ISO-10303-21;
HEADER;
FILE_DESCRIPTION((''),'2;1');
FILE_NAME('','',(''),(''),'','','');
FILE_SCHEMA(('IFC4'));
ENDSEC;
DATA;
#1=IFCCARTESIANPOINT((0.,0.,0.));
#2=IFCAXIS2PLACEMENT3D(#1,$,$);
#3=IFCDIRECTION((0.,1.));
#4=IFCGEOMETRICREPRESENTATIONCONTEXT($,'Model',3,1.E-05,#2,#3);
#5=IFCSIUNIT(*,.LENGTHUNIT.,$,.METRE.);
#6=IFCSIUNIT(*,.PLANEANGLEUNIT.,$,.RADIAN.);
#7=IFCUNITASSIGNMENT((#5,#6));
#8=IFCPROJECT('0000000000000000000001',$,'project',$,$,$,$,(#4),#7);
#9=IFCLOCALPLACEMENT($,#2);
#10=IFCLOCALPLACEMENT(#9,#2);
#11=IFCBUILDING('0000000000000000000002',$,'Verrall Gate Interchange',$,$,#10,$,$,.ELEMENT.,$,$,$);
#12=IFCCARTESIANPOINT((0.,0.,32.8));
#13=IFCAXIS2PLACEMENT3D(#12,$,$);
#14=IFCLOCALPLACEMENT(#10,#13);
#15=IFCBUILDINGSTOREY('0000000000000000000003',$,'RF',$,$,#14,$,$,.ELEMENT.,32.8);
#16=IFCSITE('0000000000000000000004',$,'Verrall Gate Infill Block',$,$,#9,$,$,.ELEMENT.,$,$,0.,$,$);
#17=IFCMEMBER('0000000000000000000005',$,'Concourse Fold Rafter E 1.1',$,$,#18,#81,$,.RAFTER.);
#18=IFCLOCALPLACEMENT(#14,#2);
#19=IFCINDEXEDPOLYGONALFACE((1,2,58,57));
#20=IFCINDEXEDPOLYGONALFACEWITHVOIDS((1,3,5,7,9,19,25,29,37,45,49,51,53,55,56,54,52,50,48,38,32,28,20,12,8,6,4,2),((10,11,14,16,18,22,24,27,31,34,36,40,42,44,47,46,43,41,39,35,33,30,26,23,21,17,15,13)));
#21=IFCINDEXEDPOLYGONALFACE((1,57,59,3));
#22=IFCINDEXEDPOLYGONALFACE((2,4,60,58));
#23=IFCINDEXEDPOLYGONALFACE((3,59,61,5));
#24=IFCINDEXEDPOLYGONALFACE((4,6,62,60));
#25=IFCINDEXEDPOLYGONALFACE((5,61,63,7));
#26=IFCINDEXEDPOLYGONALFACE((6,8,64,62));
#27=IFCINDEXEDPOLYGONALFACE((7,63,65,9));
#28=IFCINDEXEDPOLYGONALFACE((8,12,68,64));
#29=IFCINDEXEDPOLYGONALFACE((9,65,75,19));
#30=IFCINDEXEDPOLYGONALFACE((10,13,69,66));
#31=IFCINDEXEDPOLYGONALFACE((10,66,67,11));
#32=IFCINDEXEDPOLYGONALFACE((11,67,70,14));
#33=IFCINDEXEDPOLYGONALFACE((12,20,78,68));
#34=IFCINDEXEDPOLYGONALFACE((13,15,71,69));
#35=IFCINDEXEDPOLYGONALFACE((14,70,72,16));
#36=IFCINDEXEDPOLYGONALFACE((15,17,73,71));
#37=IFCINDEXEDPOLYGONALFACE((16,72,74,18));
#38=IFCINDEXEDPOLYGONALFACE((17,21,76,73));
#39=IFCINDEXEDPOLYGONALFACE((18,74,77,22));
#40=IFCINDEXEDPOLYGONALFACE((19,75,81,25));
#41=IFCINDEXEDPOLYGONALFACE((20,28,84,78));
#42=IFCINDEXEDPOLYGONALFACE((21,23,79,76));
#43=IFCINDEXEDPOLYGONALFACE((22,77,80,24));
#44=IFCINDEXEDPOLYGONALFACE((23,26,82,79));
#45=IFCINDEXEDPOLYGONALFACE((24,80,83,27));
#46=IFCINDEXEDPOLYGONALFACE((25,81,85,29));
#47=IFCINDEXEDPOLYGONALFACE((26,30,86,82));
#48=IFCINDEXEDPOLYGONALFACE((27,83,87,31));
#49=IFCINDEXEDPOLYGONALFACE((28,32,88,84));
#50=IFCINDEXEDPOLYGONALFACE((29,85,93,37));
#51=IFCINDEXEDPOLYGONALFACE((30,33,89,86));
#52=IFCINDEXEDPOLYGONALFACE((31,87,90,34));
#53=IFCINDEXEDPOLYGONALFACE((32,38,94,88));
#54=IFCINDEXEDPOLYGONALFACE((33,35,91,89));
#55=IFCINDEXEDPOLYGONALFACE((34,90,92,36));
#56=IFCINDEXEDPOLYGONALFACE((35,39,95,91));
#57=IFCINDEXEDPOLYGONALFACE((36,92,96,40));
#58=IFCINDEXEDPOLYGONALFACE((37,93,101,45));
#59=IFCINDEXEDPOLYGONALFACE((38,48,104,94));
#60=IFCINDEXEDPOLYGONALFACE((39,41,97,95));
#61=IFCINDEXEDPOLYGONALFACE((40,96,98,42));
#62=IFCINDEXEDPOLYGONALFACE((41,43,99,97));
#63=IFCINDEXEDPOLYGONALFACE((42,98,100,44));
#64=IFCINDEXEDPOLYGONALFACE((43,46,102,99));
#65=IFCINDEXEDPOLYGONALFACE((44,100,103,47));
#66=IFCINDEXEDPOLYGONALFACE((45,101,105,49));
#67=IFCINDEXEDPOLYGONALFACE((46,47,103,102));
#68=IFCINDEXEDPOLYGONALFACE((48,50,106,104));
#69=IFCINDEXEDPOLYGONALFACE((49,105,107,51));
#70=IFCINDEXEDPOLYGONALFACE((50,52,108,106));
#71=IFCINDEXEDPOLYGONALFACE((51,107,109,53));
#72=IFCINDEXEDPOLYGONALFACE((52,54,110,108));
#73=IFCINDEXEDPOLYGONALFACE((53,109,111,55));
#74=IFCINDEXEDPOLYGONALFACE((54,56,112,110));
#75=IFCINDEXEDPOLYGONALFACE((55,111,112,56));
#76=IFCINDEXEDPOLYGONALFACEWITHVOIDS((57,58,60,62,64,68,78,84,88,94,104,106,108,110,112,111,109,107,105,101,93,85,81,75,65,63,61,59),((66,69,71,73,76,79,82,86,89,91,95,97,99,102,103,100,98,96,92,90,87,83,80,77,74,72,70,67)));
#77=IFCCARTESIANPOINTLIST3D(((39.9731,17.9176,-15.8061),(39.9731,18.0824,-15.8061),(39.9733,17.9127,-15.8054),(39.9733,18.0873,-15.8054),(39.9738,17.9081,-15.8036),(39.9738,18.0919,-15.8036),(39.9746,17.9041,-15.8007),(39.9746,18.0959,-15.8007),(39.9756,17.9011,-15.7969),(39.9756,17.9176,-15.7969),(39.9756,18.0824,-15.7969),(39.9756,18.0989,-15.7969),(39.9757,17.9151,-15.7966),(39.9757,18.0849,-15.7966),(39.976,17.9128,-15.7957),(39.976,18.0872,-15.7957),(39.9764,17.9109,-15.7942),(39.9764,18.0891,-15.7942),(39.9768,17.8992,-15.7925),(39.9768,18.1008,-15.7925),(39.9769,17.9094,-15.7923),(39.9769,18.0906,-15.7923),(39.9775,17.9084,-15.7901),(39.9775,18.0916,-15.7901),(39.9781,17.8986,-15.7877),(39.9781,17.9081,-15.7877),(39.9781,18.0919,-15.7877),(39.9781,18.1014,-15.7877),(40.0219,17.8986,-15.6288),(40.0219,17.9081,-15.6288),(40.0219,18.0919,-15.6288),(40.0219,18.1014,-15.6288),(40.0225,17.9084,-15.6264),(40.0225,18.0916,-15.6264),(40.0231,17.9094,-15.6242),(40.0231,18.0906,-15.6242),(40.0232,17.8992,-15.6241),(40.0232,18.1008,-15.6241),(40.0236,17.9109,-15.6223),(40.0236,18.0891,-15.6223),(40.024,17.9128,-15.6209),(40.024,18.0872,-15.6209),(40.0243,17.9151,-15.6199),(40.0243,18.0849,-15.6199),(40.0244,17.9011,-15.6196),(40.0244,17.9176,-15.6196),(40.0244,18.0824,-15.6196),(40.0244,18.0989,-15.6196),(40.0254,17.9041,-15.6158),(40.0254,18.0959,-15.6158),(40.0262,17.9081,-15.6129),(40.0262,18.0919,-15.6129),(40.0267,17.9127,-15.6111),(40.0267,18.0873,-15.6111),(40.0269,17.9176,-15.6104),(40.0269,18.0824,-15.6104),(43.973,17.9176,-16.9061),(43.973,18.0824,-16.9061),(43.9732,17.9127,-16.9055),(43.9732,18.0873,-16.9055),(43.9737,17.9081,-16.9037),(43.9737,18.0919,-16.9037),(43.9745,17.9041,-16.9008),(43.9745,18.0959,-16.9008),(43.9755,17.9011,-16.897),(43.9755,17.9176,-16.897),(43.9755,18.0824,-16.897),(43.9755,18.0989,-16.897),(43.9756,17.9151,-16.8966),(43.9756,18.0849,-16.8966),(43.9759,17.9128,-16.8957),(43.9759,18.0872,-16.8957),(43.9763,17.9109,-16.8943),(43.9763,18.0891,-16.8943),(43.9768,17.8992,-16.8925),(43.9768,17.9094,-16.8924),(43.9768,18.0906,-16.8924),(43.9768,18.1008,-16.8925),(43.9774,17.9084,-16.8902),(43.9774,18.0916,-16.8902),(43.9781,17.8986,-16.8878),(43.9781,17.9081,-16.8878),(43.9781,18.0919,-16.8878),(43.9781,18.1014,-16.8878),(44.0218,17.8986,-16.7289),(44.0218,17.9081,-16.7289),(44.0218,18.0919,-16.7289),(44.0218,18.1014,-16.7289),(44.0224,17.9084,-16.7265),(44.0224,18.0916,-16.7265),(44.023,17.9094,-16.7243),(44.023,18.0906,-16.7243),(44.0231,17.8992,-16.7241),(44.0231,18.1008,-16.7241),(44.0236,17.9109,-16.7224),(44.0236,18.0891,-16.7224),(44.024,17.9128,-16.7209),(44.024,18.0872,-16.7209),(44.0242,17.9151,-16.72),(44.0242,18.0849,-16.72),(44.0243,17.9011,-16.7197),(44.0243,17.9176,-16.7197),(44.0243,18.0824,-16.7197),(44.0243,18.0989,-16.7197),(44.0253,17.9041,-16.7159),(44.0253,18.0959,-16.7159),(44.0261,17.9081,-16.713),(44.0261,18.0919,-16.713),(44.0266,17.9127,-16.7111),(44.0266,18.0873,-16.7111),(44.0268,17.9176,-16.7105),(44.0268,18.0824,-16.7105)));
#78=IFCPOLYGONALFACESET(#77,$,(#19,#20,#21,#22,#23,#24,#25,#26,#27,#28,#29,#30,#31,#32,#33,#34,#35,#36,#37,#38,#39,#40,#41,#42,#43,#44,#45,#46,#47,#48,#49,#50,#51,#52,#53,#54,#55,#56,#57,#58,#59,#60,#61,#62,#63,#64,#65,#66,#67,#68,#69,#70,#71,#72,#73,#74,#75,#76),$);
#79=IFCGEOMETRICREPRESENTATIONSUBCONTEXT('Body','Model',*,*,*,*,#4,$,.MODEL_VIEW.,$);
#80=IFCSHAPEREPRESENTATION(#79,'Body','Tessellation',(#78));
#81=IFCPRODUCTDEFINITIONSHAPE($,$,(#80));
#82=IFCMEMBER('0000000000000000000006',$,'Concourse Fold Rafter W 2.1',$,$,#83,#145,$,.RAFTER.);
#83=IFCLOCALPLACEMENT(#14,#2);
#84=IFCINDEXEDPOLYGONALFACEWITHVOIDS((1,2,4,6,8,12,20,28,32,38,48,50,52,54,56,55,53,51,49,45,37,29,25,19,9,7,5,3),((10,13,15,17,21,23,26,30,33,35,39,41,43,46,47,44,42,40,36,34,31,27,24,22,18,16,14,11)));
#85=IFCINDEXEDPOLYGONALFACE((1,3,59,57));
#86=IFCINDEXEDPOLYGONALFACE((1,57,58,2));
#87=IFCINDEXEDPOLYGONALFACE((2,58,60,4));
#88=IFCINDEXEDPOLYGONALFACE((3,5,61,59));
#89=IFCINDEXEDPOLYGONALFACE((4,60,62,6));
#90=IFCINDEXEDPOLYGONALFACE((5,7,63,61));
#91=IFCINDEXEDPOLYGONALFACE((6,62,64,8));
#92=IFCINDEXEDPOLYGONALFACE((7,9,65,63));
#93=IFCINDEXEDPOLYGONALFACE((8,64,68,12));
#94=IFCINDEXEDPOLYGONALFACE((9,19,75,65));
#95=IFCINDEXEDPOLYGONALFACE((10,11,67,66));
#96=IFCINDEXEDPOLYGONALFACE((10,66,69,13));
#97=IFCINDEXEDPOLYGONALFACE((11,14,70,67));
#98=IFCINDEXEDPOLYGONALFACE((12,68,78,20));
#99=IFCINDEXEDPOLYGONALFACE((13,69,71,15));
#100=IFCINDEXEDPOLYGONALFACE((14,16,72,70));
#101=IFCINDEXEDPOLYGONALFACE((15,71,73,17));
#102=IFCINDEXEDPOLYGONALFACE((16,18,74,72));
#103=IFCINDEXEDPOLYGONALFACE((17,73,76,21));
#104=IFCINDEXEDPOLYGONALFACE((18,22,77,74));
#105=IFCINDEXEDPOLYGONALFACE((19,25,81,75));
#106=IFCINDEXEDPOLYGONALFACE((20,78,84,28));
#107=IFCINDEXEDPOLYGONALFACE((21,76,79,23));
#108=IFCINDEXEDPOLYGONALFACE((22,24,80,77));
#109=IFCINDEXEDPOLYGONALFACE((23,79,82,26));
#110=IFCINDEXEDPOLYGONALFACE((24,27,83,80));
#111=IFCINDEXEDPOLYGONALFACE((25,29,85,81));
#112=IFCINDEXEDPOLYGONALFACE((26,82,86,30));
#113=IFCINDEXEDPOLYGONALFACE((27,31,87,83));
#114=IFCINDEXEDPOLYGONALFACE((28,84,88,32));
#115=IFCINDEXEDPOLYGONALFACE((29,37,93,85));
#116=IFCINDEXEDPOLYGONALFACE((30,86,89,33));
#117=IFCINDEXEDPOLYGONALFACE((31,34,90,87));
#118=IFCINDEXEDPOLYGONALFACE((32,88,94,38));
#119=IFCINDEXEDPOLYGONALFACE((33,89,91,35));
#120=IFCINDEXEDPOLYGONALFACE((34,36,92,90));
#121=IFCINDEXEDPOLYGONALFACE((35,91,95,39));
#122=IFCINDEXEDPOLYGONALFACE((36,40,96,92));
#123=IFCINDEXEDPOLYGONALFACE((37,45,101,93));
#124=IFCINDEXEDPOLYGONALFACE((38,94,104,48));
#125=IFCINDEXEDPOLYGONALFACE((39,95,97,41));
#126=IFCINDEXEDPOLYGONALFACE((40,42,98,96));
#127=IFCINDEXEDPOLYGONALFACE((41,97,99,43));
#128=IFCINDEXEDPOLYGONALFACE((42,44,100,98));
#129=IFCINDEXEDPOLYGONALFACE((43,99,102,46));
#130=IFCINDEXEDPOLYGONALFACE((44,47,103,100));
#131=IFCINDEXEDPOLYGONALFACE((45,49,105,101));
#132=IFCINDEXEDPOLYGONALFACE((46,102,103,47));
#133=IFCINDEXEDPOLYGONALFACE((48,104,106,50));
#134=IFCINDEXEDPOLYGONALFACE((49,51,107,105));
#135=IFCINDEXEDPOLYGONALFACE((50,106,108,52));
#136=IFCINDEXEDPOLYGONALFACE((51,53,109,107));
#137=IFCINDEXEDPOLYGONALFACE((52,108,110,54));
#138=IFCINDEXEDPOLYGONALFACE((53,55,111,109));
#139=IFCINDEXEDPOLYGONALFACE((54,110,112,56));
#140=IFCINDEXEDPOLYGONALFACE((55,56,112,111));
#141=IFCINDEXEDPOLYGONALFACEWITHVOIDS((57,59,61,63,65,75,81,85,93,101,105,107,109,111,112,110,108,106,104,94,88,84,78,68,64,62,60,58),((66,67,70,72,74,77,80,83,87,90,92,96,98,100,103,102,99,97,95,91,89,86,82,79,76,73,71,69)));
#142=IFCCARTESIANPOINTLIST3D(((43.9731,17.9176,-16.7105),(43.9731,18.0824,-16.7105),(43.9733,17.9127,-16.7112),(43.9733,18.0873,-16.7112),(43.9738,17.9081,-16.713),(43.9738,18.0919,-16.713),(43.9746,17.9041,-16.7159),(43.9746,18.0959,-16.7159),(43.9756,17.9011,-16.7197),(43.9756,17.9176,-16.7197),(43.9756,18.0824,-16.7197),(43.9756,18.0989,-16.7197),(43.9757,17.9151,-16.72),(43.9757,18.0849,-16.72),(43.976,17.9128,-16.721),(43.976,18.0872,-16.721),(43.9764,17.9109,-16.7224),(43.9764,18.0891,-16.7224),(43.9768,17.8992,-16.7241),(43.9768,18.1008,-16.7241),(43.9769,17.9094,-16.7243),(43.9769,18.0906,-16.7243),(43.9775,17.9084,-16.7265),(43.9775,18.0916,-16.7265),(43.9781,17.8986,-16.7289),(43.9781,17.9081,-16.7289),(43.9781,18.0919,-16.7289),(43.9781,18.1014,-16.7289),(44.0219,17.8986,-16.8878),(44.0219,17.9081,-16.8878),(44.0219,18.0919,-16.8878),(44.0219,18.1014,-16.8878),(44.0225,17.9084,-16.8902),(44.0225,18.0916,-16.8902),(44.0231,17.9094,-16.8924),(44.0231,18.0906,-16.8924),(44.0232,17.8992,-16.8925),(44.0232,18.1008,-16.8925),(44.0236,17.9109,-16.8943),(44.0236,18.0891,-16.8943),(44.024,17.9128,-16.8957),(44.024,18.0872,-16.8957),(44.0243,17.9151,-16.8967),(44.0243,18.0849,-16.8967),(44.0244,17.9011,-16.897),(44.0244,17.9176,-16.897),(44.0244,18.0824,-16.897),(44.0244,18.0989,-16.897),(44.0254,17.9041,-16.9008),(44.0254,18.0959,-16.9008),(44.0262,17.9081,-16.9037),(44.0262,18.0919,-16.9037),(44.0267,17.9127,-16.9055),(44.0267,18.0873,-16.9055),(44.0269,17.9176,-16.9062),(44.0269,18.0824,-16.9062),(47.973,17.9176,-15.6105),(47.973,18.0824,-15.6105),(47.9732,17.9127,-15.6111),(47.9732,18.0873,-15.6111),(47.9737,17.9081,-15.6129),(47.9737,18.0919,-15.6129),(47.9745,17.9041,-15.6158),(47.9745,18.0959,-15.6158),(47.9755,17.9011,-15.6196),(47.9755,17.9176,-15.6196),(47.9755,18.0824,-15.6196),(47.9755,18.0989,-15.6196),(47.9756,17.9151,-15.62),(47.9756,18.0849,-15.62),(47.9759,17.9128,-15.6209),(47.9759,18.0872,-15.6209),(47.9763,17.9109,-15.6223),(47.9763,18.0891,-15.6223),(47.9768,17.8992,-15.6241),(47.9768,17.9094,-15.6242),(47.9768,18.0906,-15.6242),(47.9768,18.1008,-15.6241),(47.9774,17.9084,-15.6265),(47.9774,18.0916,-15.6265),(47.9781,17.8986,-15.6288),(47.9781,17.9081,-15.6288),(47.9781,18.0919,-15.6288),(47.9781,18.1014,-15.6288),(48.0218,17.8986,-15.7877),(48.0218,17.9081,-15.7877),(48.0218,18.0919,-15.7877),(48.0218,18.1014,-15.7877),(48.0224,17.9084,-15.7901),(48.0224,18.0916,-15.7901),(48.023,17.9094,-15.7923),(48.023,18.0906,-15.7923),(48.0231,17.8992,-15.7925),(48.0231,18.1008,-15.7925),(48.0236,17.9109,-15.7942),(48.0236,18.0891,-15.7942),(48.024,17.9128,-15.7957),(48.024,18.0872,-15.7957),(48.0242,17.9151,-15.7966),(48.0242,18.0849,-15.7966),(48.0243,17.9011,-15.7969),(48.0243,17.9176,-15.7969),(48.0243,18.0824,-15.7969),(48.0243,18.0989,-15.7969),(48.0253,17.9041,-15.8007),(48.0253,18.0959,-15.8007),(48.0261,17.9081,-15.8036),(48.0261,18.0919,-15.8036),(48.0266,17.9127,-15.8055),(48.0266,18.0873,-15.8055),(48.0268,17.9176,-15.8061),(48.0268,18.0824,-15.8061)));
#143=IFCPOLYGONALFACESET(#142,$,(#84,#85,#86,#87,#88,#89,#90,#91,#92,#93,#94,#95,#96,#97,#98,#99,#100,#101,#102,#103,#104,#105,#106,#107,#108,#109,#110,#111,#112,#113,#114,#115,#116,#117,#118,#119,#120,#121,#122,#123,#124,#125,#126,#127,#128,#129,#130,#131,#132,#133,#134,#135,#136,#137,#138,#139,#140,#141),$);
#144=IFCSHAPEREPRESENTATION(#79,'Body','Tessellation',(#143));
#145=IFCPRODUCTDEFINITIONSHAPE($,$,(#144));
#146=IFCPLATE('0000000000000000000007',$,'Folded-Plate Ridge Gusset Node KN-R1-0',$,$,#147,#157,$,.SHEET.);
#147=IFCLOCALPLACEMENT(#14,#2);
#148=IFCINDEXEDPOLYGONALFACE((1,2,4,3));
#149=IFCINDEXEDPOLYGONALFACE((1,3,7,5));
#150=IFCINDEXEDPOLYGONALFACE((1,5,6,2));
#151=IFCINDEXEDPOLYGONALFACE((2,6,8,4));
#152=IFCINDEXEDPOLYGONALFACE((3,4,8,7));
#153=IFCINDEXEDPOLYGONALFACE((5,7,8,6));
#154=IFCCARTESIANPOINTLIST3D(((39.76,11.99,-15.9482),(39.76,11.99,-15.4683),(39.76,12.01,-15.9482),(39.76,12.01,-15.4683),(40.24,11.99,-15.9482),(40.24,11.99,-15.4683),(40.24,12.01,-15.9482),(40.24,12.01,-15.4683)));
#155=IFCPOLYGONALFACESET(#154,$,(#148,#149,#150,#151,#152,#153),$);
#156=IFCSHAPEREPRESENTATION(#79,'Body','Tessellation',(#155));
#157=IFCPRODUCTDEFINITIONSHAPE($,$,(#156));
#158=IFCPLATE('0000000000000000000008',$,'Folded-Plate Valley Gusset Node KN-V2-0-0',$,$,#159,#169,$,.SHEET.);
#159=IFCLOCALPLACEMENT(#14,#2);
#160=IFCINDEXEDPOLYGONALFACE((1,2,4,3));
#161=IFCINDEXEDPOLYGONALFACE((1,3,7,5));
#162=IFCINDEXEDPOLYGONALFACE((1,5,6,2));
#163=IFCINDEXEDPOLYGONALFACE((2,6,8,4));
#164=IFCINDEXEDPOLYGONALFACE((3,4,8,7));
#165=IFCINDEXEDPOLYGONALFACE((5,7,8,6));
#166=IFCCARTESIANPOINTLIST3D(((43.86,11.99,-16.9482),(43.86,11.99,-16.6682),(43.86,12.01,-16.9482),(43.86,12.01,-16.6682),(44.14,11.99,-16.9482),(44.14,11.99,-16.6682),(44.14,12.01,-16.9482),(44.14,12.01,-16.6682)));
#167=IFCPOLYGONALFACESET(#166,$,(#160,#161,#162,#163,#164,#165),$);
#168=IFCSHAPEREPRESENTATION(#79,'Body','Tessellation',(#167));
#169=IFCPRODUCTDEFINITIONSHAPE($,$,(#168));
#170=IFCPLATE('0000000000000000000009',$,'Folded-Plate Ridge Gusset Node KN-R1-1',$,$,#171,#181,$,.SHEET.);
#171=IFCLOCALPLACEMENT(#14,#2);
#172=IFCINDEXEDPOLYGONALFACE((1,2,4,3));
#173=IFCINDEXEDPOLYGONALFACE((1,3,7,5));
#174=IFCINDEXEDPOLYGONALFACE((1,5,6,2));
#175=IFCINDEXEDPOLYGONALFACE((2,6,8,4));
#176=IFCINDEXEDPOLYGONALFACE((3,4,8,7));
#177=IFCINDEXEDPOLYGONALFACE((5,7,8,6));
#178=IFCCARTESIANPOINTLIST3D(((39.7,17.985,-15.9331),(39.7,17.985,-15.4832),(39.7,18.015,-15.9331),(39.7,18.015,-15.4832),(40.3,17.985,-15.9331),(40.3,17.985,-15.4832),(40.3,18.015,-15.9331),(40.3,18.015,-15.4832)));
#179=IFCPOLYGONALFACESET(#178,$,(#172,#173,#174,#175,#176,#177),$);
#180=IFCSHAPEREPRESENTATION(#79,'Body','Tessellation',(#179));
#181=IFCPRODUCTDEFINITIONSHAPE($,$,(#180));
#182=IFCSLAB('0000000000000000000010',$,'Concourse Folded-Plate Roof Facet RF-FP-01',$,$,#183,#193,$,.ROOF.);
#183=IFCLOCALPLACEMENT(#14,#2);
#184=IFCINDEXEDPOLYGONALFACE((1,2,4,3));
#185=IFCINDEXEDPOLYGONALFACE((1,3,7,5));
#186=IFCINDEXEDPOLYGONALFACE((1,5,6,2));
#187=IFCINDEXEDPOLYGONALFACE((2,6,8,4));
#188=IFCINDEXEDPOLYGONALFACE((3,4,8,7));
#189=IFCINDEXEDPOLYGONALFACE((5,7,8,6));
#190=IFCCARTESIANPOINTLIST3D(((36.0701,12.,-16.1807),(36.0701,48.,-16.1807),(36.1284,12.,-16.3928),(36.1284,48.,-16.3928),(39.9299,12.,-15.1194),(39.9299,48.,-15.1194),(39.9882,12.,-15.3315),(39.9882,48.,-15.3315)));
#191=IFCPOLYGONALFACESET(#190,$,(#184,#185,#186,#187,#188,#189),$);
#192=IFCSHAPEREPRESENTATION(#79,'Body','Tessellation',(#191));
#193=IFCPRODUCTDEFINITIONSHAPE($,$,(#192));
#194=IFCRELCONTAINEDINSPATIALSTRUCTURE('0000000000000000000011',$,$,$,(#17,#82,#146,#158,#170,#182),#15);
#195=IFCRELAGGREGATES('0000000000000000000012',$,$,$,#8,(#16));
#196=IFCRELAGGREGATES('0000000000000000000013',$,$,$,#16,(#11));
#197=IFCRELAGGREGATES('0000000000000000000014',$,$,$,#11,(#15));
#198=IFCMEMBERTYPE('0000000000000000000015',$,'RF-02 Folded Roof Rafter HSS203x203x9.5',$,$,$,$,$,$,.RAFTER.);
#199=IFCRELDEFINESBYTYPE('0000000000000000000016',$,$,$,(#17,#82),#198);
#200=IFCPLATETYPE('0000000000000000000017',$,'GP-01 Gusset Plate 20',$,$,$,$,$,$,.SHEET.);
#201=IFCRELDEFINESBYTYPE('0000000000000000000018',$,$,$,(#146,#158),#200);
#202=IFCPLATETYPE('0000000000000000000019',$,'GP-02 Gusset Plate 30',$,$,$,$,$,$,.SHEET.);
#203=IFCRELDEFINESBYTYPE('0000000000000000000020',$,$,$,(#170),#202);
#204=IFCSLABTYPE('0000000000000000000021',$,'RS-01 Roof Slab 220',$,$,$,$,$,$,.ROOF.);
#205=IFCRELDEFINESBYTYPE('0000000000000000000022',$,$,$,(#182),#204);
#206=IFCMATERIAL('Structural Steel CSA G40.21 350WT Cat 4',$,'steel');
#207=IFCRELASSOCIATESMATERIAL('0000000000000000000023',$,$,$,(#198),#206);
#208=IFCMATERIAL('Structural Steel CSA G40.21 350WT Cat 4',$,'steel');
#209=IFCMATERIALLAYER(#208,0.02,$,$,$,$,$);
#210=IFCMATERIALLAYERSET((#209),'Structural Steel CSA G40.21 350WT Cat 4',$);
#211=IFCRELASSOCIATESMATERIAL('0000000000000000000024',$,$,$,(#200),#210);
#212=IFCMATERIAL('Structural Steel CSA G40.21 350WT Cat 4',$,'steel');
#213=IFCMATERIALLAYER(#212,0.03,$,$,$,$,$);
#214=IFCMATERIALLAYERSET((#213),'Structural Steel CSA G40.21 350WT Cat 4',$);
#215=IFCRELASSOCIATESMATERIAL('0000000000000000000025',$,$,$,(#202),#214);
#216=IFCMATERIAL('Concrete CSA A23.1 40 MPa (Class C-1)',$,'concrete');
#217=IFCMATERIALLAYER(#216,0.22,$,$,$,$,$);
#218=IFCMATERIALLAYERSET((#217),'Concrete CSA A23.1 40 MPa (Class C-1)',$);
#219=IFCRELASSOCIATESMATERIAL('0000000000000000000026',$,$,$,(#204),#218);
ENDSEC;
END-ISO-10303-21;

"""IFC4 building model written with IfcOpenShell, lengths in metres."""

from ifc_helpers import new_model, si_unit, direction, frame, origin, origin_2d, place, context, subcontext, project, spatial, polyline, rectangle, hollow_rectangle, outline, extrude, material, layer, layer_set, material_profile, profile_set, type_object, element, save


model = new_model("IFC4")

# Units and contexts
model_context = context("Model", 3, precision=1e-05, world=origin(), true_north=direction((0.0, 1.0)))
body_context = subcontext(model_context, "Body", "Model", "MODEL_VIEW")
ifc_project = project(units=[si_unit("LENGTHUNIT", "METRE"), si_unit("PLANEANGLEUNIT", "RADIAN")], contexts=[model_context])

# Site, building, storey
site_placement = place(None, origin())
site = spatial("IfcSite", under=ifc_project, at=site_placement, Name="Verrall Gate Infill Block", CompositionType="ELEMENT", RefElevation=0.0)
building_placement = place(site_placement, origin())
building = spatial("IfcBuilding", under=site, at=building_placement, Name="Verrall Gate Interchange", CompositionType="ELEMENT")
storey_placement = place(building_placement, frame((0.0, 0.0, 32.8)))
storey = spatial("IfcBuildingStorey", under=building, at=storey_placement, Name="RF", CompositionType="ELEMENT", Elevation=32.8)

# Members
ifc_material_1 = material(Name="Structural Steel CSA G40.21 350WT Cat 4", Category="steel")
ifc_material_profile_1 = material_profile(ifc_material_1, hollow_rectangle(XDim=0.2029, YDim=0.2029, WallThickness=0.0095, InnerFilletRadius=0.0095, OuterFilletRadius=0.019, at=origin_2d()), Name="HSS203x203x9.5")
ifc_profile_set_1 = profile_set([ifc_material_profile_1], Name="Structural Steel CSA G40.21 350WT Cat 4")
member_type_1 = type_object("IfcMemberType", Name="RF-02 Folded Roof Rafter HSS203x203x9.5", PredefinedType="RAFTER", material=ifc_profile_set_1)
for number, where, z_axis, x_axis, name in (
    (1, (40.0, 18.0, -15.7083), (0.964199, 0.0, -0.265178), (0.0, 1.0, 0.0), "Concourse Fold Rafter E 1.1"),
    (2, (44.0, 18.0, -16.8083), (0.964199, 0.0, 0.265178), (0.0, 1.0, 0.0), "Concourse Fold Rafter W 2.1"),
):
    element("IfcMember", number, at=place(storey_placement, frame(where, z_axis=z_axis, x_axis=x_axis)), inside=storey, type_object=member_type_1, Name=name, PredefinedType="RAFTER", context=body_context, shape_type="SweptSolid", body=[
        extrude(hollow_rectangle(XDim=0.2029, YDim=0.2029, WallThickness=0.0095, InnerFilletRadius=0.0095, OuterFilletRadius=0.019, at=origin_2d()), origin(), (0.0, 0.0, 1.0), 4.1484),
    ])

# Plates
ifc_material_2 = material(Name="Structural Steel CSA G40.21 350WT Cat 4", Category="steel")
ifc_layer_1 = layer(ifc_material_2, 0.02)
ifc_layer_set_1 = layer_set([ifc_layer_1], Name="Structural Steel CSA G40.21 350WT Cat 4")
plate_type_1 = type_object("IfcPlateType", Name="GP-01 Gusset Plate 20", PredefinedType="SHEET", material=ifc_layer_set_1)
plate_1_placement = place(storey_placement, frame((40.0, 12.0, -15.9482), z_axis=(0.0, 0.0, 1.0), x_axis=(1.0, 0.0, 0.0)))
element("IfcPlate", 3, at=plate_1_placement, inside=storey, type_object=plate_type_1, Name="Folded-Plate Ridge Gusset Node KN-R1-0", PredefinedType="SHEET", context=body_context, shape_type="SweptSolid", body=[
    extrude(rectangle(XDim=0.48, YDim=0.02, at=origin_2d()), origin(), (0.0, 0.0, 1.0), 0.48),
])
plate_2_placement = place(storey_placement, frame((44.0, 12.0, -16.9482), z_axis=(0.0, 0.0, 1.0), x_axis=(1.0, 0.0, 0.0)))
element("IfcPlate", 4, at=plate_2_placement, inside=storey, type_object=plate_type_1, Name="Folded-Plate Valley Gusset Node KN-V2-0-0", PredefinedType="SHEET", context=body_context, shape_type="SweptSolid", body=[
    extrude(rectangle(XDim=0.28, YDim=0.02, at=origin_2d()), origin(), (0.0, 0.0, 1.0), 0.28),
])
ifc_material_3 = material(Name="Structural Steel CSA G40.21 350WT Cat 4", Category="steel")
ifc_layer_2 = layer(ifc_material_3, 0.03)
ifc_layer_set_2 = layer_set([ifc_layer_2], Name="Structural Steel CSA G40.21 350WT Cat 4")
plate_type_2 = type_object("IfcPlateType", Name="GP-02 Gusset Plate 30", PredefinedType="SHEET", material=ifc_layer_set_2)
plate_3_placement = place(storey_placement, frame((40.0, 18.0, -15.9331), z_axis=(0.0, 0.0, 1.0), x_axis=(1.0, 0.0, 0.0)))
element("IfcPlate", 5, at=plate_3_placement, inside=storey, type_object=plate_type_2, Name="Folded-Plate Ridge Gusset Node KN-R1-1", PredefinedType="SHEET", context=body_context, shape_type="SweptSolid", body=[
    extrude(rectangle(XDim=0.6001, YDim=0.03, at=origin_2d()), origin(), (0.0, 0.0, 1.0), 0.45),
])

# Slab
ifc_material_4 = material(Name="Concrete CSA A23.1 40 MPa (Class C-1)", Category="concrete")
ifc_layer_3 = layer(ifc_material_4, 0.22)
ifc_layer_set_3 = layer_set([ifc_layer_3], Name="Concrete CSA A23.1 40 MPa (Class C-1)")
slab_type = type_object("IfcSlabType", Name="RS-01 Roof Slab 220", PredefinedType="ROOF", material=ifc_layer_set_3)
for number, where, z_axis, x_axis, name in (
    (6, (36.0701, 12.0, -16.1807), (-0.265114, 0.0, 0.964217), (0.964217, 0.0, 0.265114), "Concourse Folded-Plate Roof Facet RF-FP-01"),
):
    element("IfcSlab", number, at=place(storey_placement, frame(where, z_axis=z_axis, x_axis=x_axis)), inside=storey, type_object=slab_type, Name=name, PredefinedType="ROOF", context=body_context, shape_type="SweptSolid", body=[
        extrude(outline(polyline([(0.0, 0.0), (4.0031, 0.0), (4.0031, 36.0), (0.0, 36.0), (0.0, 0.0)])), origin(), (0.0, 0.0, -1.0), 0.22),
    ])

save(model, "model.ifc")
